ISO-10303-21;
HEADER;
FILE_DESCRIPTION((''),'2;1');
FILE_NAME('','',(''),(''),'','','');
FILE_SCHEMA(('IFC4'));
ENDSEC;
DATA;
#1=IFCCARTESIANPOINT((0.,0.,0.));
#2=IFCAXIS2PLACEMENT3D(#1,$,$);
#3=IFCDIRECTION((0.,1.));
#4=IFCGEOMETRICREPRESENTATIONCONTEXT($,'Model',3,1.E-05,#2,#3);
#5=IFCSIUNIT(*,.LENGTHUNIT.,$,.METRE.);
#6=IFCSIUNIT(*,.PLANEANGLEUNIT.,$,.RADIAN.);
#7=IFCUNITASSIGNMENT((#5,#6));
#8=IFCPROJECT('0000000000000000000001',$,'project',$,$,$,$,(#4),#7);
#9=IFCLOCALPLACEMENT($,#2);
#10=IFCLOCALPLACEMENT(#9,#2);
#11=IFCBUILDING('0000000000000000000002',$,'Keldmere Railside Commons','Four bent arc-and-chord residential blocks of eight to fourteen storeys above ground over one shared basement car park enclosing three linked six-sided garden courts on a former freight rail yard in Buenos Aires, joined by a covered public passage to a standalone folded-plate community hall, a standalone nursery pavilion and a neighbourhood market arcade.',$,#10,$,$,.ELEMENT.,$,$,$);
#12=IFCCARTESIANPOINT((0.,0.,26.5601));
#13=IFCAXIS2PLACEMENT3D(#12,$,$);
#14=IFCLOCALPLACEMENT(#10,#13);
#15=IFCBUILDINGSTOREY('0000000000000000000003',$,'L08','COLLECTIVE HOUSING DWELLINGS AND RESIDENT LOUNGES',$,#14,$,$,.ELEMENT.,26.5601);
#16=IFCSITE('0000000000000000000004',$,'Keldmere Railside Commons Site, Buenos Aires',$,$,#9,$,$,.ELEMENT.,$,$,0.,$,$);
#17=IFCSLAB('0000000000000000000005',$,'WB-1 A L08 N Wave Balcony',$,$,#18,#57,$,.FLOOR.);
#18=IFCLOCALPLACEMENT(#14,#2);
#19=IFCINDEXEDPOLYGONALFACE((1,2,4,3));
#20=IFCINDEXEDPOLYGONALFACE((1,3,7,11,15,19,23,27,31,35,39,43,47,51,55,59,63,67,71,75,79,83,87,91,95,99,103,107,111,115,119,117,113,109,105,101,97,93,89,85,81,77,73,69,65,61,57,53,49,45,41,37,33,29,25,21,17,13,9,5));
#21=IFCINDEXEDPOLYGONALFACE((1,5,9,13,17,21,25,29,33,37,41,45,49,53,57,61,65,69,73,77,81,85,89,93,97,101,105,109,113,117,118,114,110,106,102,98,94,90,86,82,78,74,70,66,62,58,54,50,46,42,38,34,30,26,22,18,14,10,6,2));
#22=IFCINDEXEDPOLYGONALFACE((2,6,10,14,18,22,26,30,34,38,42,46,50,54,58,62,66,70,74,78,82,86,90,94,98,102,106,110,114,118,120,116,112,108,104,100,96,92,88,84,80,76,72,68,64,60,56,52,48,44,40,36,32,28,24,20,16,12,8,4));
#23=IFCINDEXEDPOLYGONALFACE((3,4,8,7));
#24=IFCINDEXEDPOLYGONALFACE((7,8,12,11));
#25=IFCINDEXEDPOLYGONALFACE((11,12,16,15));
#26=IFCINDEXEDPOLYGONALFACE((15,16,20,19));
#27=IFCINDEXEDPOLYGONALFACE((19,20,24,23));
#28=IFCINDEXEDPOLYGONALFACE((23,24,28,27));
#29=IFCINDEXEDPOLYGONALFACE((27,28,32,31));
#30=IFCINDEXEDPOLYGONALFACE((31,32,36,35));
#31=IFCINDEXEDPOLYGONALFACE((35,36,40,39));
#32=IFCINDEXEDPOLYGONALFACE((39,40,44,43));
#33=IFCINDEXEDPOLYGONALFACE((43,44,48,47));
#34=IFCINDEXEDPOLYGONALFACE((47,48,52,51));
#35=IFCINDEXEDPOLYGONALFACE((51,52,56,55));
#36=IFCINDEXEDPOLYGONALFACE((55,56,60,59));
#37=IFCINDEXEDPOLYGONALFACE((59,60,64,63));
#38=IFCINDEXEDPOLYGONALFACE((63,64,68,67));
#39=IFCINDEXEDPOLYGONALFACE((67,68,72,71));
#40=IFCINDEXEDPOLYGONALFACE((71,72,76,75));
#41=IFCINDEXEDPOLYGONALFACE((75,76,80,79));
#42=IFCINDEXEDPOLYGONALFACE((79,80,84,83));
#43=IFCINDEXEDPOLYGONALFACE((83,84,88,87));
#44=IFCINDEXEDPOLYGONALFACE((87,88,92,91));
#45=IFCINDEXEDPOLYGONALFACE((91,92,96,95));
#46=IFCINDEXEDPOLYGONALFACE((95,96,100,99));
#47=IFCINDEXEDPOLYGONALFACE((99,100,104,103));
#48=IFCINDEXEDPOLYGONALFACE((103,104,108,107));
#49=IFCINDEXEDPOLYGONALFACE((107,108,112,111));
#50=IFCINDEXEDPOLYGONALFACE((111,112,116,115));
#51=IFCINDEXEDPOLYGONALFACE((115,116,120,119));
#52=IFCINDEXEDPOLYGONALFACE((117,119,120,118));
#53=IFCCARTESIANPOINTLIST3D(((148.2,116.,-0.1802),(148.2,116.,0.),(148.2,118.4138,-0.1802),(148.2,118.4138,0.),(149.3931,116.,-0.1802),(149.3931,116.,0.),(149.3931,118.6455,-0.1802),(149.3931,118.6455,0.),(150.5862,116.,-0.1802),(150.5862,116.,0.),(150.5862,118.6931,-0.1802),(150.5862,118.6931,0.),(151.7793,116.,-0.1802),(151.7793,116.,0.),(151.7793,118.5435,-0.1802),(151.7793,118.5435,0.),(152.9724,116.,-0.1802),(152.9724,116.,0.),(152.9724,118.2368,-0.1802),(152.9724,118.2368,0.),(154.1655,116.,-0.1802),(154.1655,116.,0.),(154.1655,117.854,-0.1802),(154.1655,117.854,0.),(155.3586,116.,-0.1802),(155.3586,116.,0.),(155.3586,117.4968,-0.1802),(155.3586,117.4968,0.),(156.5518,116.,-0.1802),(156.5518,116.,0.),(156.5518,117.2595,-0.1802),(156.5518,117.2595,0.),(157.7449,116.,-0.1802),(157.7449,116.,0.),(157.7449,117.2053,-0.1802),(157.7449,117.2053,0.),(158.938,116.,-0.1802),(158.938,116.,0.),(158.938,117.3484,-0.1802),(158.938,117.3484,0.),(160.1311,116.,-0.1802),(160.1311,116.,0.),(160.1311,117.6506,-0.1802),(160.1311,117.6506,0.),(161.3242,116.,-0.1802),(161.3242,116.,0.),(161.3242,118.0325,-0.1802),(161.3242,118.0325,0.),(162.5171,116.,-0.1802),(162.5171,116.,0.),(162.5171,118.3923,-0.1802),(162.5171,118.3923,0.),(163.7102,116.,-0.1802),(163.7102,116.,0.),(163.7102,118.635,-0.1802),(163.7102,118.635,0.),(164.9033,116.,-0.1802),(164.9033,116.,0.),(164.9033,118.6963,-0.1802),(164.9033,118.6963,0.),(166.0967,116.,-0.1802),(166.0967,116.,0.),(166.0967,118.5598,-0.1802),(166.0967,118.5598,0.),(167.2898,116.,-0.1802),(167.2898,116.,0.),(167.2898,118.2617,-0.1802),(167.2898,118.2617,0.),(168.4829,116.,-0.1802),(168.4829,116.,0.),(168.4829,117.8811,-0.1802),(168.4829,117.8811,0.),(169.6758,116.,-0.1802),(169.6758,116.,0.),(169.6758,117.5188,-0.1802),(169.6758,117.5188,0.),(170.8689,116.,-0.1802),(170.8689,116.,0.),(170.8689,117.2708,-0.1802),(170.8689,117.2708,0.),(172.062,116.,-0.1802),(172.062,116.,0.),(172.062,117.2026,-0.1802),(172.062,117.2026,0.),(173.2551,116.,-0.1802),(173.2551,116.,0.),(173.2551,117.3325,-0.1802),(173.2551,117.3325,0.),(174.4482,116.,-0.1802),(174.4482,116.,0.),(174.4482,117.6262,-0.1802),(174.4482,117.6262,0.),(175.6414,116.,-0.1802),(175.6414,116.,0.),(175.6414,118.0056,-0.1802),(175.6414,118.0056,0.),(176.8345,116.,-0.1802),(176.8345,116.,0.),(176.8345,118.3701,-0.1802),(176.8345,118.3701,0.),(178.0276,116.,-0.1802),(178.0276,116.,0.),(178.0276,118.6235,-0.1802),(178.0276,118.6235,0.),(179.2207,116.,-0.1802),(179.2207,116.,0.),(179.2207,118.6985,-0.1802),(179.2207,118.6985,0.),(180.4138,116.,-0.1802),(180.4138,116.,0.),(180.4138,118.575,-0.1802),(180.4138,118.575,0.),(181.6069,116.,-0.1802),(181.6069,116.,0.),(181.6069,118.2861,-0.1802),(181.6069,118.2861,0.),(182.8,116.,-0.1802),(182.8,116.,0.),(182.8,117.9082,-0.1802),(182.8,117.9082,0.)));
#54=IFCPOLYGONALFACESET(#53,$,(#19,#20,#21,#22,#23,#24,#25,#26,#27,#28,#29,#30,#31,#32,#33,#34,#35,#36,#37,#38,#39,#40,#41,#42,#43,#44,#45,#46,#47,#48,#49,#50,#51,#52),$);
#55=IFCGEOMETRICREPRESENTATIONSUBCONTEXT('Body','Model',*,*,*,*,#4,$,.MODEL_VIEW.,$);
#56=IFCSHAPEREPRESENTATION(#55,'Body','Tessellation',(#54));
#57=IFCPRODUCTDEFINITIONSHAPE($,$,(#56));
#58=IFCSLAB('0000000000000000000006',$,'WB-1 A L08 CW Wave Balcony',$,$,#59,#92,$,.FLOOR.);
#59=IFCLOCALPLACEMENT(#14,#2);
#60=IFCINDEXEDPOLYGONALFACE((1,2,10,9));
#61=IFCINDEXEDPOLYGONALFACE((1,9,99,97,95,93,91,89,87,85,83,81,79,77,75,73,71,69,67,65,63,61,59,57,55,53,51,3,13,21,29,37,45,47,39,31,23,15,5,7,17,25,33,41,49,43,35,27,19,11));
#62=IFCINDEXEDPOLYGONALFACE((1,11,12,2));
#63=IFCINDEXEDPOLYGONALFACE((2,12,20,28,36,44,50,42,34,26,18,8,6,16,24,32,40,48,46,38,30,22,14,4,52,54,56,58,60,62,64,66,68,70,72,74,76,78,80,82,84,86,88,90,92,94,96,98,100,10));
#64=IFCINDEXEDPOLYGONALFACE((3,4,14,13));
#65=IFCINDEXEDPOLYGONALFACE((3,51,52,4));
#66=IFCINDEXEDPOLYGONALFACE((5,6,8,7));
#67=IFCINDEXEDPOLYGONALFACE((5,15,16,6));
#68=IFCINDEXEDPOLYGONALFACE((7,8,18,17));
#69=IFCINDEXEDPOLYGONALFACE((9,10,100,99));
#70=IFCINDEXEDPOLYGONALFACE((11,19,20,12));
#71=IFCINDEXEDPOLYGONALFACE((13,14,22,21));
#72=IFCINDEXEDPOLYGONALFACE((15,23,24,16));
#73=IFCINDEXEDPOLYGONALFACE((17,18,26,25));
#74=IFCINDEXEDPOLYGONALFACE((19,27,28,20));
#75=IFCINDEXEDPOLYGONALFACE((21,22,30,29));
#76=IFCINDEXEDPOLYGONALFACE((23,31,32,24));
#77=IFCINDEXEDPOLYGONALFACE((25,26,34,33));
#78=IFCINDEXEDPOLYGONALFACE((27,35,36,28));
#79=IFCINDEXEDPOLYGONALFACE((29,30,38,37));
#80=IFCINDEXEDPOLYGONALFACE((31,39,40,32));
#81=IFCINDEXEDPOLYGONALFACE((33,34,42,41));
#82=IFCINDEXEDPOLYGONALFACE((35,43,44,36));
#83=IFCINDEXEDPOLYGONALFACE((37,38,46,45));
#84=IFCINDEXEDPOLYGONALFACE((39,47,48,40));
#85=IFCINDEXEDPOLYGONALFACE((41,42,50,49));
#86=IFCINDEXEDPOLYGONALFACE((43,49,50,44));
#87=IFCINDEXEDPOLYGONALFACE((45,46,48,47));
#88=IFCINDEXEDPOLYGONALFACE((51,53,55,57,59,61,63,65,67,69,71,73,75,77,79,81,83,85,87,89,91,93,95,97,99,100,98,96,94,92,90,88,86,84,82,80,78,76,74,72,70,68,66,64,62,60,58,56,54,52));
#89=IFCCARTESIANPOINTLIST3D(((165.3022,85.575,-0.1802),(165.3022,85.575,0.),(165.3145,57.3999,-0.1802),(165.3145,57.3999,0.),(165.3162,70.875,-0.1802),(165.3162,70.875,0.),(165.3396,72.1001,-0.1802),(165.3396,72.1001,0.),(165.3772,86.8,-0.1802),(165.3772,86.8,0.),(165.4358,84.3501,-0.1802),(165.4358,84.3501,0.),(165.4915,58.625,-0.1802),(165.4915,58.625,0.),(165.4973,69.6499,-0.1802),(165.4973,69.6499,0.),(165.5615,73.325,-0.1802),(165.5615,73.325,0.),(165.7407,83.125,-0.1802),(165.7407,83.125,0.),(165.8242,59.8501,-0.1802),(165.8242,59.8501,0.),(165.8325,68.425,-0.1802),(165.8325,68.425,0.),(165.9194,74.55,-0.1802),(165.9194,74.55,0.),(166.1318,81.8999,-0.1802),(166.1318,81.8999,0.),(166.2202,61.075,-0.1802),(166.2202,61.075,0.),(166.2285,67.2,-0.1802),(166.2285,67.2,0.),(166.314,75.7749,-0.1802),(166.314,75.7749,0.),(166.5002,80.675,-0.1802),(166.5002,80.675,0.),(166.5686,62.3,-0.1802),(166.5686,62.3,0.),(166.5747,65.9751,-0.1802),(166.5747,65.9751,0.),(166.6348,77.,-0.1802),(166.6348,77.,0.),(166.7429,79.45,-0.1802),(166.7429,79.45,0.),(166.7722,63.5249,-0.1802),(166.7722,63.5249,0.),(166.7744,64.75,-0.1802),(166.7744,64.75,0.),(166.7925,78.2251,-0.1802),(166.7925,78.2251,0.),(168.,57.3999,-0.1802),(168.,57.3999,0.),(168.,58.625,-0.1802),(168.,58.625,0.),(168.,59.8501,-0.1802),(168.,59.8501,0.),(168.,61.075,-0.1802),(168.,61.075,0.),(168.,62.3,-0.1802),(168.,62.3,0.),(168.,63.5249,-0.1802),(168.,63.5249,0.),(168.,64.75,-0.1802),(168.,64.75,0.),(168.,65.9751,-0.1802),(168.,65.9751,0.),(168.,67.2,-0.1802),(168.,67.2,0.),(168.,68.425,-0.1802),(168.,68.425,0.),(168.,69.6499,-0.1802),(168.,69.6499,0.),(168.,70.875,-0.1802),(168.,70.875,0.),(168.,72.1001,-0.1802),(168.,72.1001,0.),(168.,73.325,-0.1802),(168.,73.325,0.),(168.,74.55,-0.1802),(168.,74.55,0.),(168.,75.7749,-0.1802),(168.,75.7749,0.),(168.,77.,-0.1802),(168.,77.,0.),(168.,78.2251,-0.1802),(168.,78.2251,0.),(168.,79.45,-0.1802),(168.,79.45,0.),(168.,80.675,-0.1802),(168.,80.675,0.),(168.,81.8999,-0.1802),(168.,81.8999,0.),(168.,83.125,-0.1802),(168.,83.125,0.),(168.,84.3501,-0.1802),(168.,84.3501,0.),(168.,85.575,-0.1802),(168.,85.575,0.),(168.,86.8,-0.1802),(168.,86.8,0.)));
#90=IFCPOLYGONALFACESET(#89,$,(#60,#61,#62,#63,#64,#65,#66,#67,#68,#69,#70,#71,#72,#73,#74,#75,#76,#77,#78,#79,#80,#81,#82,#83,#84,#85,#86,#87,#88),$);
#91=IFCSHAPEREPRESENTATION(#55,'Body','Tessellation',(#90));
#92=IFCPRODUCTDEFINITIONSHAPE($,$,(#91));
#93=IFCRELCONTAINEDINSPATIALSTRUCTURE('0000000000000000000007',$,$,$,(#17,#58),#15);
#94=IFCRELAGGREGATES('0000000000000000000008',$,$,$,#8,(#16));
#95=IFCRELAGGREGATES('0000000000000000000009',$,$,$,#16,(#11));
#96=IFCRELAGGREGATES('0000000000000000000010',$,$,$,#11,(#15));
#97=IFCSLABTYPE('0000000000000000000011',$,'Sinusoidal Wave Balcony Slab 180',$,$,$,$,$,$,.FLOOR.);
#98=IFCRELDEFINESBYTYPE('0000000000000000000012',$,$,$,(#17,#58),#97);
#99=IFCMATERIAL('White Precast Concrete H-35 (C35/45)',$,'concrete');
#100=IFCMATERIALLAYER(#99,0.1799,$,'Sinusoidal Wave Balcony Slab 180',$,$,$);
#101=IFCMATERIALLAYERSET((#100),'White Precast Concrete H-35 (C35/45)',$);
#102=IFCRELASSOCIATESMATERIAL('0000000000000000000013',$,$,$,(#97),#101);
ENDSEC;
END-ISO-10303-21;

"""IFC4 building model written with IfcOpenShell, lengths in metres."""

from ifc_helpers import new_model, si_unit, direction, frame, origin, place, context, subcontext, project, spatial, polyline, outline, extrude, material, layer, layer_set, type_object, element, save


model = new_model("IFC4")

# Units and contexts
model_context = context("Model", 3, precision=1e-05, world=origin(), true_north=direction((0.0, 1.0)))
body_context = subcontext(model_context, "Body", "Model", "MODEL_VIEW")
ifc_project = project(units=[si_unit("LENGTHUNIT", "METRE"), si_unit("PLANEANGLEUNIT", "RADIAN")], contexts=[model_context])

# Site, building, storey
site_placement = place(None, origin())
site = spatial("IfcSite", under=ifc_project, at=site_placement, Name="Keldmere Railside Commons Site, Buenos Aires", CompositionType="ELEMENT", RefElevation=0.0)
building_placement = place(site_placement, origin())
building = spatial("IfcBuilding", under=site, at=building_placement, Name="Keldmere Railside Commons", Description="Four bent arc-and-chord residential blocks of eight to fourteen storeys above ground over one shared basement car park enclosing three linked six-sided garden courts on a former freight rail yard in Buenos Aires, joined by a covered public passage to a standalone folded-plate community hall, a standalone nursery pavilion and a neighbourhood market arcade.", CompositionType="ELEMENT")
storey_placement = place(building_placement, frame((0.0, 0.0, 26.5601)))
storey = spatial("IfcBuildingStorey", under=building, at=storey_placement, Name="L08", Description="COLLECTIVE HOUSING DWELLINGS AND RESIDENT LOUNGES", CompositionType="ELEMENT", Elevation=26.5601)

# Slabs
ifc_material_1 = material(Name="White Precast Concrete H-35 (C35/45)", Category="concrete")
ifc_layer_1 = layer(ifc_material_1, 0.1799, Name="Sinusoidal Wave Balcony Slab 180")
ifc_layer_set_1 = layer_set([ifc_layer_1], Name="White Precast Concrete H-35 (C35/45)")
slab_type_1 = type_object("IfcSlabType", Name="Sinusoidal Wave Balcony Slab 180", PredefinedType="FLOOR", material=ifc_layer_set_1)
slab_1_placement = place(storey_placement, frame((0.0, 0.0, -0.1802)))
element("IfcSlab", 1, at=slab_1_placement, inside=storey, type_object=slab_type_1, Name="WB-1 A L08 N Wave Balcony", PredefinedType="FLOOR", context=body_context, shape_type="SweptSolid", body=[
    extrude(outline(polyline([(148.2, 116.0), (149.3931, 116.0), (150.5862, 116.0), (151.7793, 116.0), (152.9724, 116.0), (154.1655, 116.0), (155.3586, 116.0), (156.5518, 116.0), (157.7449, 116.0), (158.938, 116.0), (160.1311, 116.0), (161.3242, 116.0), (162.5171, 116.0), (163.7102, 116.0), (164.9033, 116.0), (166.0967, 116.0), (167.2898, 116.0), (168.4829, 116.0), (169.6758, 116.0), (170.8689, 116.0), (172.062, 116.0), (173.2551, 116.0), (174.4482, 116.0), (175.6414, 116.0), (176.8345, 116.0), (178.0276, 116.0), (179.2207, 116.0), (180.4138, 116.0), (181.6069, 116.0), (182.8, 116.0), (182.8, 117.9082), (181.6069, 118.2861), (180.4138, 118.575), (179.2207, 118.6985), (178.0276, 118.6235), (176.8345, 118.3701), (175.6414, 118.0056), (174.4482, 117.6262), (173.2551, 117.3325), (172.062, 117.2026), (170.8689, 117.2708), (169.6758, 117.5188), (168.4829, 117.8811), (167.2898, 118.2617), (166.0967, 118.5598), (164.9033, 118.6963), (163.7102, 118.635), (162.5171, 118.3923), (161.3242, 118.0325), (160.1311, 117.6506), (158.938, 117.3484), (157.7449, 117.2053), (156.5518, 117.2595), (155.3586, 117.4968), (154.1655, 117.854), (152.9724, 118.2368), (151.7793, 118.5435), (150.5862, 118.6931), (149.3931, 118.6455), (148.2, 118.4138), (148.2, 116.0)])), origin(), (0.0, 0.0, 1.0), 0.1802),
])
slab_2_placement = place(storey_placement, frame((0.0, 0.0, -0.1802)))
element("IfcSlab", 2, at=slab_2_placement, inside=storey, type_object=slab_type_1, Name="WB-1 A L08 CW Wave Balcony", PredefinedType="FLOOR", context=body_context, shape_type="SweptSolid", body=[
    extrude(outline(polyline([(168.0, 57.3999), (168.0, 58.625), (168.0, 59.8501), (168.0, 61.075), (168.0, 62.3), (168.0, 63.5249), (168.0, 64.75), (168.0, 65.9751), (168.0, 67.2), (168.0, 68.425), (168.0, 69.6499), (168.0, 70.875), (168.0, 72.1001), (168.0, 73.325), (168.0, 74.55), (168.0, 75.7749), (168.0, 77.0), (168.0, 78.2251), (168.0, 79.45), (168.0, 80.675), (168.0, 81.8999), (168.0, 83.125), (168.0, 84.3501), (168.0, 85.575), (168.0, 86.8), (165.3772, 86.8), (165.3022, 85.575), (165.4358, 84.3501), (165.7407, 83.125), (166.1318, 81.8999), (166.5002, 80.675), (166.7429, 79.45), (166.7925, 78.2251), (166.6348, 77.0), (166.314, 75.7749), (165.9194, 74.55), (165.5615, 73.325), (165.3396, 72.1001), (165.3162, 70.875), (165.4973, 69.6499), (165.8325, 68.425), (166.2285, 67.2), (166.5747, 65.9751), (166.7744, 64.75), (166.7722, 63.5249), (166.5686, 62.3), (166.2202, 61.075), (165.8242, 59.8501), (165.4915, 58.625), (165.3145, 57.3999), (168.0, 57.3999)])), origin(), (0.0, 0.0, 1.0), 0.1802),
])

save(model, "model.ifc")
